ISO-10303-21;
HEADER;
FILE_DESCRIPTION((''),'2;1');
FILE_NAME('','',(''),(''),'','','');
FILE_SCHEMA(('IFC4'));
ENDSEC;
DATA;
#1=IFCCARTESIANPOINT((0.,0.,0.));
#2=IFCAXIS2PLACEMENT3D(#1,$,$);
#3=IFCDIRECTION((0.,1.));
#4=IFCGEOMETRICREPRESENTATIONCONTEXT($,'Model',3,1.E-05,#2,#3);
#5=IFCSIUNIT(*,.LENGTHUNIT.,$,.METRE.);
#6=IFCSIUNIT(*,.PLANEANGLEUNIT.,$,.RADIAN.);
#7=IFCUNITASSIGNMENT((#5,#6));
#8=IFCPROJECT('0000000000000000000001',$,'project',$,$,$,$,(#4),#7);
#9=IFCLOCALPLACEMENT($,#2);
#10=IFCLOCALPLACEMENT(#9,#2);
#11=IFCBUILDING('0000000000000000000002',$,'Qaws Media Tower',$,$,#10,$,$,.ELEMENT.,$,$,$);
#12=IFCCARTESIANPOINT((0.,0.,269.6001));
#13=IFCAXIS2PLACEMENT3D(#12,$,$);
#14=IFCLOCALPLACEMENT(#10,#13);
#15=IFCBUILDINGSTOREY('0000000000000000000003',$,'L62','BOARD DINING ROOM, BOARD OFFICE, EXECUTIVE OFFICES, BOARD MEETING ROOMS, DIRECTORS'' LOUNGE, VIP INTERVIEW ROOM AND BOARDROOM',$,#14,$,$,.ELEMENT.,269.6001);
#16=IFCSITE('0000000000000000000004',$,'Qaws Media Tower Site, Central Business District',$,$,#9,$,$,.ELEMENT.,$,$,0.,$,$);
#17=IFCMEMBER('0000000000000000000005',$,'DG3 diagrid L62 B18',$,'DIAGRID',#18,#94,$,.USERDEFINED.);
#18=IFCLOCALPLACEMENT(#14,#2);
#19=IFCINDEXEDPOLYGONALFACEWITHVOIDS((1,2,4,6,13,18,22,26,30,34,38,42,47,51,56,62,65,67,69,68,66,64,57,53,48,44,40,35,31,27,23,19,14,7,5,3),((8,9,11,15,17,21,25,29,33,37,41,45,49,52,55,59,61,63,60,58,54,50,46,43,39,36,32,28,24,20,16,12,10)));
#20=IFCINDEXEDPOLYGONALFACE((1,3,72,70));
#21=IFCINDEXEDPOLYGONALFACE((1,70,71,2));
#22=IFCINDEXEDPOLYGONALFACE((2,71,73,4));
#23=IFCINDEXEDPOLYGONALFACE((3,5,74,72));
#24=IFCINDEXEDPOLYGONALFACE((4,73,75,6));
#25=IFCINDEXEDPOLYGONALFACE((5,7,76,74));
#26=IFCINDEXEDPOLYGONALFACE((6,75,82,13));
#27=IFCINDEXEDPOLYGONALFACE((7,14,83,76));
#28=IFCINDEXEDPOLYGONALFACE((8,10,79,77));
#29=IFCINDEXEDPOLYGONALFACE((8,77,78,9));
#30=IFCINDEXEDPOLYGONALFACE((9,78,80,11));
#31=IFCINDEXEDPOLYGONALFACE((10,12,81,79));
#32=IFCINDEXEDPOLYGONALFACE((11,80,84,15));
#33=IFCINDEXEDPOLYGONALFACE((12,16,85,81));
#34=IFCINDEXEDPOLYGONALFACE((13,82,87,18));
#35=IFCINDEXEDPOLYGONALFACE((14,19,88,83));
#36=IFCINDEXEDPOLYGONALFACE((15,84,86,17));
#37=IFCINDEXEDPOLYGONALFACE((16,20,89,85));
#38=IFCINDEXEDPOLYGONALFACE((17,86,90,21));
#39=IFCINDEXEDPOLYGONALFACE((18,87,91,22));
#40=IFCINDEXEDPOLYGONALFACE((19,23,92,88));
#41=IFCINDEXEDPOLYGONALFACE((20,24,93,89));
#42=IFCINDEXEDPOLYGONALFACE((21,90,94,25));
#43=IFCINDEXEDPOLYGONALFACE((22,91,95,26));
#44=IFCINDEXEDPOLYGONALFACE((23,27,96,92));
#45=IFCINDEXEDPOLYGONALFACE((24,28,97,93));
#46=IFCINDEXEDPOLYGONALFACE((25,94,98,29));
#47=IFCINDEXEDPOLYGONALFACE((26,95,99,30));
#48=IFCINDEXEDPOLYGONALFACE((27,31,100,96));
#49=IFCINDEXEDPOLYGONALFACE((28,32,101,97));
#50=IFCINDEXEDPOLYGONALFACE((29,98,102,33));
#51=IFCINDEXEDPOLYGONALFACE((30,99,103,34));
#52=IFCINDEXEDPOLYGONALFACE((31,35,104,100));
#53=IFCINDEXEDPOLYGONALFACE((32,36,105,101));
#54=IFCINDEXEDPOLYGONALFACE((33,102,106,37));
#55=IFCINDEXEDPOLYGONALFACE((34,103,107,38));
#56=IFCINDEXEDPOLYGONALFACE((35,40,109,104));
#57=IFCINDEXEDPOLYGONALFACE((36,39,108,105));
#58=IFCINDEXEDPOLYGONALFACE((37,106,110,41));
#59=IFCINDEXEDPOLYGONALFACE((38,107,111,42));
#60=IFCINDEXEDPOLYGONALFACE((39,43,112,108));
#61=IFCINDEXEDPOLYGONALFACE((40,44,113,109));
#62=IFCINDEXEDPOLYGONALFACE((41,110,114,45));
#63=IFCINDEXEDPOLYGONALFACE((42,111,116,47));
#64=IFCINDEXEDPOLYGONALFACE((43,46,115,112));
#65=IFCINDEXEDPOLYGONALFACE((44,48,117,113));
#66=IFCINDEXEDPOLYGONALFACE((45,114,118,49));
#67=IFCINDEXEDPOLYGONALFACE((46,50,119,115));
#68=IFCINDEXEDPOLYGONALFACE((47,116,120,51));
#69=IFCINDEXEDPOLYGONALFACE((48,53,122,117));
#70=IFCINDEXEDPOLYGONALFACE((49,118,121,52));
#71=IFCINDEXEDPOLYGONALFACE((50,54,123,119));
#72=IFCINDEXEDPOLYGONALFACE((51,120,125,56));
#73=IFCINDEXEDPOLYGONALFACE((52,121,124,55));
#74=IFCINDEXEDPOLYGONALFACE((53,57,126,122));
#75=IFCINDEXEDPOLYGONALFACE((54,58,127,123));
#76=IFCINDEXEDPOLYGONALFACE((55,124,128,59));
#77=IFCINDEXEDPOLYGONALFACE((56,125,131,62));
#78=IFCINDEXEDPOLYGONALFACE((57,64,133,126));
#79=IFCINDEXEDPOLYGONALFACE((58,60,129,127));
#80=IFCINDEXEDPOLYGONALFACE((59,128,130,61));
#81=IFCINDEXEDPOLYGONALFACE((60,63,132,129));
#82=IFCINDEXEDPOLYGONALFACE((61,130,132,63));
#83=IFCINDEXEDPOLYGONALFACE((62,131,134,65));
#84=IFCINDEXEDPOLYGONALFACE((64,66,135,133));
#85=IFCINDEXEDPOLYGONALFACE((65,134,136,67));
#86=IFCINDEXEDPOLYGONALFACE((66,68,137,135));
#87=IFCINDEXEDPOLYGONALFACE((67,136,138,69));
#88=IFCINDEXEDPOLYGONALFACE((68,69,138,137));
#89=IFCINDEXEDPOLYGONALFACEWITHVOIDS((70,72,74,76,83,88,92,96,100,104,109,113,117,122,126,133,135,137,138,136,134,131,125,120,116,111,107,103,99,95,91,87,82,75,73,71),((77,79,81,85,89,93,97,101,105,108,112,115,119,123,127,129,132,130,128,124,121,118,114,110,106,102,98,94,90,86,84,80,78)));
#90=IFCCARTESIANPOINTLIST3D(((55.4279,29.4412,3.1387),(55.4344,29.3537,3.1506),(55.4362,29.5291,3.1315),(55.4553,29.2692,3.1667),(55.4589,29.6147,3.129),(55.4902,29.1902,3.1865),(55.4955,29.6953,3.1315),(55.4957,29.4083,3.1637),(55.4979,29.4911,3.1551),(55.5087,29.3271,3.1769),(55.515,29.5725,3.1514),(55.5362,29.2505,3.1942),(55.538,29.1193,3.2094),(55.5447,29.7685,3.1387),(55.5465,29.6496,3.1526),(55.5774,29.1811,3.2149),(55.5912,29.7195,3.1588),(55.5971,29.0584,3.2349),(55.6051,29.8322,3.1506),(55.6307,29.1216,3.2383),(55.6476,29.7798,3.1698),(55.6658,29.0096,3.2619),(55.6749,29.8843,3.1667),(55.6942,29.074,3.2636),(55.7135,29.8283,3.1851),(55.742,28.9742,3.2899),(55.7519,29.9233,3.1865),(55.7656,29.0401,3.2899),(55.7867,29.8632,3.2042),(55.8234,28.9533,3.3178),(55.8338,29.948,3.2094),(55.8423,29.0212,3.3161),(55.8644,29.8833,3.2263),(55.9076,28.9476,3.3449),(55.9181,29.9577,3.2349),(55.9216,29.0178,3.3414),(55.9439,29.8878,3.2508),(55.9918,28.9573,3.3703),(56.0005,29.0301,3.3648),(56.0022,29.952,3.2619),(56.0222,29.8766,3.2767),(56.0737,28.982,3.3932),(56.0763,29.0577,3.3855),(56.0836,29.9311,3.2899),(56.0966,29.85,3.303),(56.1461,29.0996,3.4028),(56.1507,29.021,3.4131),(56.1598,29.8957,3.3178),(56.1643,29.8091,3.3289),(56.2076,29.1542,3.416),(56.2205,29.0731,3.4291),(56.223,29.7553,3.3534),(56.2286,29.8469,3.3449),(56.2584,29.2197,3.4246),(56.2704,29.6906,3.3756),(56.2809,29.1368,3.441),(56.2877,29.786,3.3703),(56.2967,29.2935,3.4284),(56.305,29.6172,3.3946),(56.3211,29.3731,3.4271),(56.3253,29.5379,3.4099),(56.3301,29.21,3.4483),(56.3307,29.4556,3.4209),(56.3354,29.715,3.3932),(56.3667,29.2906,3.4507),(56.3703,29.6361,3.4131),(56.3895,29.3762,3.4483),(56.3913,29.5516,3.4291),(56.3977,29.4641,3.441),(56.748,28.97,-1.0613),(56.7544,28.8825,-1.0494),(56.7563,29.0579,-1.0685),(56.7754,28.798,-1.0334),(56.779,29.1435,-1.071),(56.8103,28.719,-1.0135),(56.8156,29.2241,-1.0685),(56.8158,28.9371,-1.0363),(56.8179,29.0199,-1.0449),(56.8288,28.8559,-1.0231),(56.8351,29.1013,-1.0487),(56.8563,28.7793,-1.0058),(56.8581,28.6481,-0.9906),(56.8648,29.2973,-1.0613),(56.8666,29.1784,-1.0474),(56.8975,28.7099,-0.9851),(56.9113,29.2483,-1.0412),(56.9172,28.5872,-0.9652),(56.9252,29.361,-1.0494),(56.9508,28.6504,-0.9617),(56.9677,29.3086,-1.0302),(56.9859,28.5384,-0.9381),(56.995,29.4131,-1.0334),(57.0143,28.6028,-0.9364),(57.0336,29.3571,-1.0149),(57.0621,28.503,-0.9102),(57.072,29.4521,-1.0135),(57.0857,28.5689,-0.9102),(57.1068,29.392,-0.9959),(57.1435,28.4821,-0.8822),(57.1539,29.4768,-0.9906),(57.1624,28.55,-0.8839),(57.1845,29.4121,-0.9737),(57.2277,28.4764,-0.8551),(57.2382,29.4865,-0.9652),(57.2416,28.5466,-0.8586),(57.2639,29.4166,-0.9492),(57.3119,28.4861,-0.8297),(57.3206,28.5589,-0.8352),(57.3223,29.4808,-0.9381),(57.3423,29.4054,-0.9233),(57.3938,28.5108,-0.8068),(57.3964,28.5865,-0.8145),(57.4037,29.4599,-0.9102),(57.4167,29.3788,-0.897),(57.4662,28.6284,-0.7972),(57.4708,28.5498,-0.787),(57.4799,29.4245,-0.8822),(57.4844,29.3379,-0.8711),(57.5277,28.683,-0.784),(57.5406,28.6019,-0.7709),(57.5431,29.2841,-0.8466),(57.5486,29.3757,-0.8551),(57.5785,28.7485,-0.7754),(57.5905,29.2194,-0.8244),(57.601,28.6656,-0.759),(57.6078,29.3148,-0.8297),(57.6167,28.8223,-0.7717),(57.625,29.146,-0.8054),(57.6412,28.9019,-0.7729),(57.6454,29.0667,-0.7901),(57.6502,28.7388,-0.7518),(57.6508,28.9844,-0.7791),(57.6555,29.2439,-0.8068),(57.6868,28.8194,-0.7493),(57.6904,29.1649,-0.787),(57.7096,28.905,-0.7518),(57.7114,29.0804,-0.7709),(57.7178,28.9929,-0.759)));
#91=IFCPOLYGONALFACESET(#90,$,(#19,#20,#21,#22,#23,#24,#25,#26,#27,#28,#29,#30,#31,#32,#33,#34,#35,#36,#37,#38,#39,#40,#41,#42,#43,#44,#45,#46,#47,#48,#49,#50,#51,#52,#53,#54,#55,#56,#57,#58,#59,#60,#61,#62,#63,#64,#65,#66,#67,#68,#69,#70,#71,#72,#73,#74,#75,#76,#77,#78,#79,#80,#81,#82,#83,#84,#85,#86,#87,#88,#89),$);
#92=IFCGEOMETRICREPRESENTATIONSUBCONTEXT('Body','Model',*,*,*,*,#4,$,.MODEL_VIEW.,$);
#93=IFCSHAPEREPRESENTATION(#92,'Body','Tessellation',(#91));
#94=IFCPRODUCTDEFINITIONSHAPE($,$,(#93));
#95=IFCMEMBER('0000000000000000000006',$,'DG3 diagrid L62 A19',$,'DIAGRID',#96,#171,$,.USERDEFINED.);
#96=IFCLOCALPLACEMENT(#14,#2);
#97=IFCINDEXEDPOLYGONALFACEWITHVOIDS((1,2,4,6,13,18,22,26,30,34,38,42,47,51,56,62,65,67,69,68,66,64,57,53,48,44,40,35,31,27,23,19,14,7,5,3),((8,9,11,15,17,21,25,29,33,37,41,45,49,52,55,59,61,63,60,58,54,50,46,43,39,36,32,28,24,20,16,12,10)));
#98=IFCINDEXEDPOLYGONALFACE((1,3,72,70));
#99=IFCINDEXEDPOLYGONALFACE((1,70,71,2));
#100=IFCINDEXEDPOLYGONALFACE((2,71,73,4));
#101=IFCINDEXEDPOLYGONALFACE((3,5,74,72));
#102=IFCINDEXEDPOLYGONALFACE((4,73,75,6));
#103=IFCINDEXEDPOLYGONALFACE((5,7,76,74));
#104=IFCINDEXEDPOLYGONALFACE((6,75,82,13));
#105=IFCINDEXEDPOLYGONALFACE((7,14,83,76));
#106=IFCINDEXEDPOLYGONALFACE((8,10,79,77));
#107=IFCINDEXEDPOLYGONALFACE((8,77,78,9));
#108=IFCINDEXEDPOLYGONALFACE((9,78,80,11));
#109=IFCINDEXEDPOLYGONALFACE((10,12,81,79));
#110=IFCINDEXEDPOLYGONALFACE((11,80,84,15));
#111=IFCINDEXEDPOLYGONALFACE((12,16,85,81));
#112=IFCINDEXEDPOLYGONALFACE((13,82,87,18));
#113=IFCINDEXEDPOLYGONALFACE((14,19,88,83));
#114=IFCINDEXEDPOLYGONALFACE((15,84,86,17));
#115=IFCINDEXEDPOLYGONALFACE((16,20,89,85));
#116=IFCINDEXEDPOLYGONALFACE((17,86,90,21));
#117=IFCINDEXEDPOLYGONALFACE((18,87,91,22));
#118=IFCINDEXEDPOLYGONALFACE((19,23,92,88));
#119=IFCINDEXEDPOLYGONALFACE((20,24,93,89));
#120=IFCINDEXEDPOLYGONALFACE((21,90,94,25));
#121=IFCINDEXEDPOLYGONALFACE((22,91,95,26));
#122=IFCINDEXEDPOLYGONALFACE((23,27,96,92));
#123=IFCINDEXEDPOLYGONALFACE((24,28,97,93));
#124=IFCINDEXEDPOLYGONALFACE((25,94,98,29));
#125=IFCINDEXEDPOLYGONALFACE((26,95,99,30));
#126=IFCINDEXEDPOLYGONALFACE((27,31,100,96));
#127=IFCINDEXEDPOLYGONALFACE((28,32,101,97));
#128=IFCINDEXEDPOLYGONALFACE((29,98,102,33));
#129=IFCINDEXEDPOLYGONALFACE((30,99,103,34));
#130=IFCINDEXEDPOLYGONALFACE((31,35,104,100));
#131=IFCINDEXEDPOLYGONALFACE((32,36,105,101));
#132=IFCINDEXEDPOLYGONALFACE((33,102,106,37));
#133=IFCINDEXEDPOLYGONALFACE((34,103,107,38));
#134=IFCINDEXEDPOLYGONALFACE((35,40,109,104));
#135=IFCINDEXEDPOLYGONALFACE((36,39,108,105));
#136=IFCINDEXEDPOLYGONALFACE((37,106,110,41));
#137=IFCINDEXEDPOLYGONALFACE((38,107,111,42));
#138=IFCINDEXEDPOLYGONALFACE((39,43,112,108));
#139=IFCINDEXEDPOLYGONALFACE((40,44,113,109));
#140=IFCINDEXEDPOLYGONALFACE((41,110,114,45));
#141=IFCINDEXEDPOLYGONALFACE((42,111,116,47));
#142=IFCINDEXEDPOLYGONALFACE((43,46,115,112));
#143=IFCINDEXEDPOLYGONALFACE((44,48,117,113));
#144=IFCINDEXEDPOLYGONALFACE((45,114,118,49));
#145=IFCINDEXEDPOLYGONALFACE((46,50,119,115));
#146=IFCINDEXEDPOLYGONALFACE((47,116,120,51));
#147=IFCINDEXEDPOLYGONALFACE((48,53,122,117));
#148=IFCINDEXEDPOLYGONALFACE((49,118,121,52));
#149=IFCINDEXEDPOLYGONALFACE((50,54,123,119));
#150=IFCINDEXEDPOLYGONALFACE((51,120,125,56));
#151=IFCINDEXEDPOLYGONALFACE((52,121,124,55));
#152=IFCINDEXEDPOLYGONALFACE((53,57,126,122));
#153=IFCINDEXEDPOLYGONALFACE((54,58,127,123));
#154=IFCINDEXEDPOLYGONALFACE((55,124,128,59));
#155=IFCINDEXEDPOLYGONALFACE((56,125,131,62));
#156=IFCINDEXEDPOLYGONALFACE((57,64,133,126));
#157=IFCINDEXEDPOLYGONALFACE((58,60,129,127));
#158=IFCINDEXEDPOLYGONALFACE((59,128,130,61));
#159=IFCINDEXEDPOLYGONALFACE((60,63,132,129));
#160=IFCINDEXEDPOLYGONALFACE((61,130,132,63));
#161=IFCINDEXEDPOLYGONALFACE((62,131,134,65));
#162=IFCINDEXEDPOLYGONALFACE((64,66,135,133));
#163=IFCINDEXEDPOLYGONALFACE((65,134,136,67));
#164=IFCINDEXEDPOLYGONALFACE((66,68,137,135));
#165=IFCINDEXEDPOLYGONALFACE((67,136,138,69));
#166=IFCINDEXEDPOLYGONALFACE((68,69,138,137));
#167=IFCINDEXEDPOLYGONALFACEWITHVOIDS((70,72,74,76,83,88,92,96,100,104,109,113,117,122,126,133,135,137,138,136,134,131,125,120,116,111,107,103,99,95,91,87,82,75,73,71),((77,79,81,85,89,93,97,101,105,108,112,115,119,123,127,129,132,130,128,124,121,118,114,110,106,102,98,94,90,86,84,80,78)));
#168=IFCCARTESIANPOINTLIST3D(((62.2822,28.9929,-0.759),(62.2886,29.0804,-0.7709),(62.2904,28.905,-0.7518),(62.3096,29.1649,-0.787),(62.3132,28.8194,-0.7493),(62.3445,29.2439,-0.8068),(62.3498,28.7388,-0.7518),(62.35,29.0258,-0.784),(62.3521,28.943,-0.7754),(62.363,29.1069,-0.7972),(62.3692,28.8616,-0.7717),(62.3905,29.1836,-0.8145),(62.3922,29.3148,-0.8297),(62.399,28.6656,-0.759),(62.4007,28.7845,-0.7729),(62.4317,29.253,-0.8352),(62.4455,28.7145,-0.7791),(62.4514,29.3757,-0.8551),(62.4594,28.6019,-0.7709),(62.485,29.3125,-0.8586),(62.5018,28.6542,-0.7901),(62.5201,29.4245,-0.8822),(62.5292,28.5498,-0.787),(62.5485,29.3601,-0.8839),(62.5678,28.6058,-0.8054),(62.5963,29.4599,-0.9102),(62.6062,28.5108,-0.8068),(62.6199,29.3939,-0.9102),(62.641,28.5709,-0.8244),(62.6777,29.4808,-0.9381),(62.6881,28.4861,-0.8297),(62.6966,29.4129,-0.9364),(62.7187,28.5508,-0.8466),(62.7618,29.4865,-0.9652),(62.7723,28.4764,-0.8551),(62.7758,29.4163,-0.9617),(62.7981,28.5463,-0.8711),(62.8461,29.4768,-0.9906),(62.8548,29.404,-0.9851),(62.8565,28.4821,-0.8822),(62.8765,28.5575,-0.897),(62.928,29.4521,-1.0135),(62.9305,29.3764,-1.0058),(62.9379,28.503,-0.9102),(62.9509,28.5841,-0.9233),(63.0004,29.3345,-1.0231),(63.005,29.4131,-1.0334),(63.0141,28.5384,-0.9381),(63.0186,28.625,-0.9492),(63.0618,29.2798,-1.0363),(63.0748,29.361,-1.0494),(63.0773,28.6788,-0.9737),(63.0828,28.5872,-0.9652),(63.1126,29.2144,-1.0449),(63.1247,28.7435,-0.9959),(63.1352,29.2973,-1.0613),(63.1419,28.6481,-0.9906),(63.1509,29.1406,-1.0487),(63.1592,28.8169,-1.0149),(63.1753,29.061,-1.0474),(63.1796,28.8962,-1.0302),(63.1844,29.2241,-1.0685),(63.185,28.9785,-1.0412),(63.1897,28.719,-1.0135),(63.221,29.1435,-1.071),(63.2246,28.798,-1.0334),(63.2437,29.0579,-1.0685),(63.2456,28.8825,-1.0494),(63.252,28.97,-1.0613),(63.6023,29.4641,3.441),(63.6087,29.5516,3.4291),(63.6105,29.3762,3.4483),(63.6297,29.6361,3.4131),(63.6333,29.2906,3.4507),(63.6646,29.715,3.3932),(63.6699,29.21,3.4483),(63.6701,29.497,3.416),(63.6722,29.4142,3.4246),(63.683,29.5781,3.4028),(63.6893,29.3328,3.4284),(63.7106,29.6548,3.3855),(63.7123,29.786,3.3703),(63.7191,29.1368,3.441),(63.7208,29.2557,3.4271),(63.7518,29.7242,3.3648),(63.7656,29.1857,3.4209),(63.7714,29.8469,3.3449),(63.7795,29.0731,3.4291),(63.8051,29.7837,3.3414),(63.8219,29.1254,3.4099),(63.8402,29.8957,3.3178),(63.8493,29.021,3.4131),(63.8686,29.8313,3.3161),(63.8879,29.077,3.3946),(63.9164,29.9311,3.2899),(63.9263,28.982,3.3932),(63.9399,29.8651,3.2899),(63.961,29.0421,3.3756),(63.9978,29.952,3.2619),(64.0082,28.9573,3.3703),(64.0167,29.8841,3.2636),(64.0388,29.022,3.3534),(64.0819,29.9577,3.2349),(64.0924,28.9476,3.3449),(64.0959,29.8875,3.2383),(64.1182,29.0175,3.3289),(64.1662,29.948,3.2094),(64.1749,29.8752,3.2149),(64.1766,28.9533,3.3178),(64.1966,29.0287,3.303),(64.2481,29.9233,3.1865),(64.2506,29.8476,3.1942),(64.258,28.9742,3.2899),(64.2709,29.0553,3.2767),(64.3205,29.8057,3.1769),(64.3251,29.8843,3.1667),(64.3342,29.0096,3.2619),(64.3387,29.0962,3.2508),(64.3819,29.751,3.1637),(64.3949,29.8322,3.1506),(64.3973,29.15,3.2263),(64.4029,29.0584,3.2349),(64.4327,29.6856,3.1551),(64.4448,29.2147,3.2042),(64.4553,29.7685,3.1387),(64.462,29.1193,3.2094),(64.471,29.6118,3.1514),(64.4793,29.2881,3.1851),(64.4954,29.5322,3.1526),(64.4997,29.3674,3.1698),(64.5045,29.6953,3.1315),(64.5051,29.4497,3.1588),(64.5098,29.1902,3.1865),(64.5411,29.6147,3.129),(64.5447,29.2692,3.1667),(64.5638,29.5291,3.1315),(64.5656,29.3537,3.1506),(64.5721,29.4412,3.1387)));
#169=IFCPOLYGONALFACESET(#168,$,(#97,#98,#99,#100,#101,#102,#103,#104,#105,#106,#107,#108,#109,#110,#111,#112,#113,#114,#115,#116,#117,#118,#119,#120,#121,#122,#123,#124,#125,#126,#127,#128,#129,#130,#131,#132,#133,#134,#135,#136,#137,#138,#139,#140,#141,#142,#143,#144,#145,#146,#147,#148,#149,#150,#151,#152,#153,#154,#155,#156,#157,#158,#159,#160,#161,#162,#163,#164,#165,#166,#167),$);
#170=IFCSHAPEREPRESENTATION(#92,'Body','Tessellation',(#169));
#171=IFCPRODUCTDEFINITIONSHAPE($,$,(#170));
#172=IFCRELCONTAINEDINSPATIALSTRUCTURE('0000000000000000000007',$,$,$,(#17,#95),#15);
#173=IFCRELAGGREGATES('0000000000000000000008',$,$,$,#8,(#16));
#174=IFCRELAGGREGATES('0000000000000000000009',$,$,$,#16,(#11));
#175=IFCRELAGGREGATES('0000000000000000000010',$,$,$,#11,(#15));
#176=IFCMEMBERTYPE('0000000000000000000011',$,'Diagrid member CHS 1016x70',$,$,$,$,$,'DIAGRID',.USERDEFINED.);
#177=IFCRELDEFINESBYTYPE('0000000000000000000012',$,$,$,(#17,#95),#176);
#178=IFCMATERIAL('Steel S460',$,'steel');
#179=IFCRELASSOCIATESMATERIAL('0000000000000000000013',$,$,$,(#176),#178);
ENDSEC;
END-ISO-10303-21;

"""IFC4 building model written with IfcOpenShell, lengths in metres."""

from ifc_helpers import new_model, si_unit, direction, frame, origin, origin_2d, place, context, subcontext, project, spatial, hollow_circle, extrude, material, material_profile, profile_set, type_object, element, save


model = new_model("IFC4")

# Units and contexts
model_context = context("Model", 3, precision=1e-05, world=origin(), true_north=direction((0.0, 1.0)))
body_context = subcontext(model_context, "Body", "Model", "MODEL_VIEW")
ifc_project = project(units=[si_unit("LENGTHUNIT", "METRE"), si_unit("PLANEANGLEUNIT", "RADIAN")], contexts=[model_context])

# Site, building, storey
site_placement = place(None, origin())
site = spatial("IfcSite", under=ifc_project, at=site_placement, Name="Qaws Media Tower Site, Central Business District", CompositionType="ELEMENT", RefElevation=0.0)
building_placement = place(site_placement, origin())
building = spatial("IfcBuilding", under=site, at=building_placement, Name="Qaws Media Tower", CompositionType="ELEMENT")
storey_placement = place(building_placement, frame((0.0, 0.0, 269.6001)))
storey = spatial("IfcBuildingStorey", under=building, at=storey_placement, Name="L62", Description="BOARD DINING ROOM, BOARD OFFICE, EXECUTIVE OFFICES, BOARD MEETING ROOMS, DIRECTORS' LOUNGE, VIP INTERVIEW ROOM AND BOARDROOM", CompositionType="ELEMENT", Elevation=269.6001)

# Members
ifc_material_1 = material(Name="Steel S460", Category="steel")
ifc_material_profile_1 = material_profile(ifc_material_1, hollow_circle(Radius=0.5081, WallThickness=0.0701, at=origin_2d()), Name="CHS 1016x70")
ifc_profile_set_1 = profile_set([ifc_material_profile_1], Name="Steel S460")
member_type_1 = type_object("IfcMemberType", Name="Diagrid member CHS 1016x70", ElementType="DIAGRID", PredefinedType="USERDEFINED", material=ifc_profile_set_1)
for number, where, z_axis, x_axis, name in (
    (1, (57.2329, 28.9814, -0.9102), (-0.298141, 0.10642, 0.948571), (-0.336171, -0.941801, 0.0), "DG3 diagrid L62 B18"),
    (2, (62.7671, 28.9814, -0.9102), (0.298141, 0.10642, 0.948571), (-0.336171, 0.941801, 0.0), "DG3 diagrid L62 A19"),
):
    element("IfcMember", number, at=place(storey_placement, frame(where, z_axis=z_axis, x_axis=x_axis)), inside=storey, type_object=member_type_1, Name=name, ObjectType="DIAGRID", PredefinedType="USERDEFINED", context=body_context, shape_type="SweptSolid", body=[
        extrude(hollow_circle(Radius=0.5081, WallThickness=0.0701, at=origin_2d()), origin(), (0.0, 0.0, 1.0), 4.4277),
    ])

save(model, "model.ifc")
